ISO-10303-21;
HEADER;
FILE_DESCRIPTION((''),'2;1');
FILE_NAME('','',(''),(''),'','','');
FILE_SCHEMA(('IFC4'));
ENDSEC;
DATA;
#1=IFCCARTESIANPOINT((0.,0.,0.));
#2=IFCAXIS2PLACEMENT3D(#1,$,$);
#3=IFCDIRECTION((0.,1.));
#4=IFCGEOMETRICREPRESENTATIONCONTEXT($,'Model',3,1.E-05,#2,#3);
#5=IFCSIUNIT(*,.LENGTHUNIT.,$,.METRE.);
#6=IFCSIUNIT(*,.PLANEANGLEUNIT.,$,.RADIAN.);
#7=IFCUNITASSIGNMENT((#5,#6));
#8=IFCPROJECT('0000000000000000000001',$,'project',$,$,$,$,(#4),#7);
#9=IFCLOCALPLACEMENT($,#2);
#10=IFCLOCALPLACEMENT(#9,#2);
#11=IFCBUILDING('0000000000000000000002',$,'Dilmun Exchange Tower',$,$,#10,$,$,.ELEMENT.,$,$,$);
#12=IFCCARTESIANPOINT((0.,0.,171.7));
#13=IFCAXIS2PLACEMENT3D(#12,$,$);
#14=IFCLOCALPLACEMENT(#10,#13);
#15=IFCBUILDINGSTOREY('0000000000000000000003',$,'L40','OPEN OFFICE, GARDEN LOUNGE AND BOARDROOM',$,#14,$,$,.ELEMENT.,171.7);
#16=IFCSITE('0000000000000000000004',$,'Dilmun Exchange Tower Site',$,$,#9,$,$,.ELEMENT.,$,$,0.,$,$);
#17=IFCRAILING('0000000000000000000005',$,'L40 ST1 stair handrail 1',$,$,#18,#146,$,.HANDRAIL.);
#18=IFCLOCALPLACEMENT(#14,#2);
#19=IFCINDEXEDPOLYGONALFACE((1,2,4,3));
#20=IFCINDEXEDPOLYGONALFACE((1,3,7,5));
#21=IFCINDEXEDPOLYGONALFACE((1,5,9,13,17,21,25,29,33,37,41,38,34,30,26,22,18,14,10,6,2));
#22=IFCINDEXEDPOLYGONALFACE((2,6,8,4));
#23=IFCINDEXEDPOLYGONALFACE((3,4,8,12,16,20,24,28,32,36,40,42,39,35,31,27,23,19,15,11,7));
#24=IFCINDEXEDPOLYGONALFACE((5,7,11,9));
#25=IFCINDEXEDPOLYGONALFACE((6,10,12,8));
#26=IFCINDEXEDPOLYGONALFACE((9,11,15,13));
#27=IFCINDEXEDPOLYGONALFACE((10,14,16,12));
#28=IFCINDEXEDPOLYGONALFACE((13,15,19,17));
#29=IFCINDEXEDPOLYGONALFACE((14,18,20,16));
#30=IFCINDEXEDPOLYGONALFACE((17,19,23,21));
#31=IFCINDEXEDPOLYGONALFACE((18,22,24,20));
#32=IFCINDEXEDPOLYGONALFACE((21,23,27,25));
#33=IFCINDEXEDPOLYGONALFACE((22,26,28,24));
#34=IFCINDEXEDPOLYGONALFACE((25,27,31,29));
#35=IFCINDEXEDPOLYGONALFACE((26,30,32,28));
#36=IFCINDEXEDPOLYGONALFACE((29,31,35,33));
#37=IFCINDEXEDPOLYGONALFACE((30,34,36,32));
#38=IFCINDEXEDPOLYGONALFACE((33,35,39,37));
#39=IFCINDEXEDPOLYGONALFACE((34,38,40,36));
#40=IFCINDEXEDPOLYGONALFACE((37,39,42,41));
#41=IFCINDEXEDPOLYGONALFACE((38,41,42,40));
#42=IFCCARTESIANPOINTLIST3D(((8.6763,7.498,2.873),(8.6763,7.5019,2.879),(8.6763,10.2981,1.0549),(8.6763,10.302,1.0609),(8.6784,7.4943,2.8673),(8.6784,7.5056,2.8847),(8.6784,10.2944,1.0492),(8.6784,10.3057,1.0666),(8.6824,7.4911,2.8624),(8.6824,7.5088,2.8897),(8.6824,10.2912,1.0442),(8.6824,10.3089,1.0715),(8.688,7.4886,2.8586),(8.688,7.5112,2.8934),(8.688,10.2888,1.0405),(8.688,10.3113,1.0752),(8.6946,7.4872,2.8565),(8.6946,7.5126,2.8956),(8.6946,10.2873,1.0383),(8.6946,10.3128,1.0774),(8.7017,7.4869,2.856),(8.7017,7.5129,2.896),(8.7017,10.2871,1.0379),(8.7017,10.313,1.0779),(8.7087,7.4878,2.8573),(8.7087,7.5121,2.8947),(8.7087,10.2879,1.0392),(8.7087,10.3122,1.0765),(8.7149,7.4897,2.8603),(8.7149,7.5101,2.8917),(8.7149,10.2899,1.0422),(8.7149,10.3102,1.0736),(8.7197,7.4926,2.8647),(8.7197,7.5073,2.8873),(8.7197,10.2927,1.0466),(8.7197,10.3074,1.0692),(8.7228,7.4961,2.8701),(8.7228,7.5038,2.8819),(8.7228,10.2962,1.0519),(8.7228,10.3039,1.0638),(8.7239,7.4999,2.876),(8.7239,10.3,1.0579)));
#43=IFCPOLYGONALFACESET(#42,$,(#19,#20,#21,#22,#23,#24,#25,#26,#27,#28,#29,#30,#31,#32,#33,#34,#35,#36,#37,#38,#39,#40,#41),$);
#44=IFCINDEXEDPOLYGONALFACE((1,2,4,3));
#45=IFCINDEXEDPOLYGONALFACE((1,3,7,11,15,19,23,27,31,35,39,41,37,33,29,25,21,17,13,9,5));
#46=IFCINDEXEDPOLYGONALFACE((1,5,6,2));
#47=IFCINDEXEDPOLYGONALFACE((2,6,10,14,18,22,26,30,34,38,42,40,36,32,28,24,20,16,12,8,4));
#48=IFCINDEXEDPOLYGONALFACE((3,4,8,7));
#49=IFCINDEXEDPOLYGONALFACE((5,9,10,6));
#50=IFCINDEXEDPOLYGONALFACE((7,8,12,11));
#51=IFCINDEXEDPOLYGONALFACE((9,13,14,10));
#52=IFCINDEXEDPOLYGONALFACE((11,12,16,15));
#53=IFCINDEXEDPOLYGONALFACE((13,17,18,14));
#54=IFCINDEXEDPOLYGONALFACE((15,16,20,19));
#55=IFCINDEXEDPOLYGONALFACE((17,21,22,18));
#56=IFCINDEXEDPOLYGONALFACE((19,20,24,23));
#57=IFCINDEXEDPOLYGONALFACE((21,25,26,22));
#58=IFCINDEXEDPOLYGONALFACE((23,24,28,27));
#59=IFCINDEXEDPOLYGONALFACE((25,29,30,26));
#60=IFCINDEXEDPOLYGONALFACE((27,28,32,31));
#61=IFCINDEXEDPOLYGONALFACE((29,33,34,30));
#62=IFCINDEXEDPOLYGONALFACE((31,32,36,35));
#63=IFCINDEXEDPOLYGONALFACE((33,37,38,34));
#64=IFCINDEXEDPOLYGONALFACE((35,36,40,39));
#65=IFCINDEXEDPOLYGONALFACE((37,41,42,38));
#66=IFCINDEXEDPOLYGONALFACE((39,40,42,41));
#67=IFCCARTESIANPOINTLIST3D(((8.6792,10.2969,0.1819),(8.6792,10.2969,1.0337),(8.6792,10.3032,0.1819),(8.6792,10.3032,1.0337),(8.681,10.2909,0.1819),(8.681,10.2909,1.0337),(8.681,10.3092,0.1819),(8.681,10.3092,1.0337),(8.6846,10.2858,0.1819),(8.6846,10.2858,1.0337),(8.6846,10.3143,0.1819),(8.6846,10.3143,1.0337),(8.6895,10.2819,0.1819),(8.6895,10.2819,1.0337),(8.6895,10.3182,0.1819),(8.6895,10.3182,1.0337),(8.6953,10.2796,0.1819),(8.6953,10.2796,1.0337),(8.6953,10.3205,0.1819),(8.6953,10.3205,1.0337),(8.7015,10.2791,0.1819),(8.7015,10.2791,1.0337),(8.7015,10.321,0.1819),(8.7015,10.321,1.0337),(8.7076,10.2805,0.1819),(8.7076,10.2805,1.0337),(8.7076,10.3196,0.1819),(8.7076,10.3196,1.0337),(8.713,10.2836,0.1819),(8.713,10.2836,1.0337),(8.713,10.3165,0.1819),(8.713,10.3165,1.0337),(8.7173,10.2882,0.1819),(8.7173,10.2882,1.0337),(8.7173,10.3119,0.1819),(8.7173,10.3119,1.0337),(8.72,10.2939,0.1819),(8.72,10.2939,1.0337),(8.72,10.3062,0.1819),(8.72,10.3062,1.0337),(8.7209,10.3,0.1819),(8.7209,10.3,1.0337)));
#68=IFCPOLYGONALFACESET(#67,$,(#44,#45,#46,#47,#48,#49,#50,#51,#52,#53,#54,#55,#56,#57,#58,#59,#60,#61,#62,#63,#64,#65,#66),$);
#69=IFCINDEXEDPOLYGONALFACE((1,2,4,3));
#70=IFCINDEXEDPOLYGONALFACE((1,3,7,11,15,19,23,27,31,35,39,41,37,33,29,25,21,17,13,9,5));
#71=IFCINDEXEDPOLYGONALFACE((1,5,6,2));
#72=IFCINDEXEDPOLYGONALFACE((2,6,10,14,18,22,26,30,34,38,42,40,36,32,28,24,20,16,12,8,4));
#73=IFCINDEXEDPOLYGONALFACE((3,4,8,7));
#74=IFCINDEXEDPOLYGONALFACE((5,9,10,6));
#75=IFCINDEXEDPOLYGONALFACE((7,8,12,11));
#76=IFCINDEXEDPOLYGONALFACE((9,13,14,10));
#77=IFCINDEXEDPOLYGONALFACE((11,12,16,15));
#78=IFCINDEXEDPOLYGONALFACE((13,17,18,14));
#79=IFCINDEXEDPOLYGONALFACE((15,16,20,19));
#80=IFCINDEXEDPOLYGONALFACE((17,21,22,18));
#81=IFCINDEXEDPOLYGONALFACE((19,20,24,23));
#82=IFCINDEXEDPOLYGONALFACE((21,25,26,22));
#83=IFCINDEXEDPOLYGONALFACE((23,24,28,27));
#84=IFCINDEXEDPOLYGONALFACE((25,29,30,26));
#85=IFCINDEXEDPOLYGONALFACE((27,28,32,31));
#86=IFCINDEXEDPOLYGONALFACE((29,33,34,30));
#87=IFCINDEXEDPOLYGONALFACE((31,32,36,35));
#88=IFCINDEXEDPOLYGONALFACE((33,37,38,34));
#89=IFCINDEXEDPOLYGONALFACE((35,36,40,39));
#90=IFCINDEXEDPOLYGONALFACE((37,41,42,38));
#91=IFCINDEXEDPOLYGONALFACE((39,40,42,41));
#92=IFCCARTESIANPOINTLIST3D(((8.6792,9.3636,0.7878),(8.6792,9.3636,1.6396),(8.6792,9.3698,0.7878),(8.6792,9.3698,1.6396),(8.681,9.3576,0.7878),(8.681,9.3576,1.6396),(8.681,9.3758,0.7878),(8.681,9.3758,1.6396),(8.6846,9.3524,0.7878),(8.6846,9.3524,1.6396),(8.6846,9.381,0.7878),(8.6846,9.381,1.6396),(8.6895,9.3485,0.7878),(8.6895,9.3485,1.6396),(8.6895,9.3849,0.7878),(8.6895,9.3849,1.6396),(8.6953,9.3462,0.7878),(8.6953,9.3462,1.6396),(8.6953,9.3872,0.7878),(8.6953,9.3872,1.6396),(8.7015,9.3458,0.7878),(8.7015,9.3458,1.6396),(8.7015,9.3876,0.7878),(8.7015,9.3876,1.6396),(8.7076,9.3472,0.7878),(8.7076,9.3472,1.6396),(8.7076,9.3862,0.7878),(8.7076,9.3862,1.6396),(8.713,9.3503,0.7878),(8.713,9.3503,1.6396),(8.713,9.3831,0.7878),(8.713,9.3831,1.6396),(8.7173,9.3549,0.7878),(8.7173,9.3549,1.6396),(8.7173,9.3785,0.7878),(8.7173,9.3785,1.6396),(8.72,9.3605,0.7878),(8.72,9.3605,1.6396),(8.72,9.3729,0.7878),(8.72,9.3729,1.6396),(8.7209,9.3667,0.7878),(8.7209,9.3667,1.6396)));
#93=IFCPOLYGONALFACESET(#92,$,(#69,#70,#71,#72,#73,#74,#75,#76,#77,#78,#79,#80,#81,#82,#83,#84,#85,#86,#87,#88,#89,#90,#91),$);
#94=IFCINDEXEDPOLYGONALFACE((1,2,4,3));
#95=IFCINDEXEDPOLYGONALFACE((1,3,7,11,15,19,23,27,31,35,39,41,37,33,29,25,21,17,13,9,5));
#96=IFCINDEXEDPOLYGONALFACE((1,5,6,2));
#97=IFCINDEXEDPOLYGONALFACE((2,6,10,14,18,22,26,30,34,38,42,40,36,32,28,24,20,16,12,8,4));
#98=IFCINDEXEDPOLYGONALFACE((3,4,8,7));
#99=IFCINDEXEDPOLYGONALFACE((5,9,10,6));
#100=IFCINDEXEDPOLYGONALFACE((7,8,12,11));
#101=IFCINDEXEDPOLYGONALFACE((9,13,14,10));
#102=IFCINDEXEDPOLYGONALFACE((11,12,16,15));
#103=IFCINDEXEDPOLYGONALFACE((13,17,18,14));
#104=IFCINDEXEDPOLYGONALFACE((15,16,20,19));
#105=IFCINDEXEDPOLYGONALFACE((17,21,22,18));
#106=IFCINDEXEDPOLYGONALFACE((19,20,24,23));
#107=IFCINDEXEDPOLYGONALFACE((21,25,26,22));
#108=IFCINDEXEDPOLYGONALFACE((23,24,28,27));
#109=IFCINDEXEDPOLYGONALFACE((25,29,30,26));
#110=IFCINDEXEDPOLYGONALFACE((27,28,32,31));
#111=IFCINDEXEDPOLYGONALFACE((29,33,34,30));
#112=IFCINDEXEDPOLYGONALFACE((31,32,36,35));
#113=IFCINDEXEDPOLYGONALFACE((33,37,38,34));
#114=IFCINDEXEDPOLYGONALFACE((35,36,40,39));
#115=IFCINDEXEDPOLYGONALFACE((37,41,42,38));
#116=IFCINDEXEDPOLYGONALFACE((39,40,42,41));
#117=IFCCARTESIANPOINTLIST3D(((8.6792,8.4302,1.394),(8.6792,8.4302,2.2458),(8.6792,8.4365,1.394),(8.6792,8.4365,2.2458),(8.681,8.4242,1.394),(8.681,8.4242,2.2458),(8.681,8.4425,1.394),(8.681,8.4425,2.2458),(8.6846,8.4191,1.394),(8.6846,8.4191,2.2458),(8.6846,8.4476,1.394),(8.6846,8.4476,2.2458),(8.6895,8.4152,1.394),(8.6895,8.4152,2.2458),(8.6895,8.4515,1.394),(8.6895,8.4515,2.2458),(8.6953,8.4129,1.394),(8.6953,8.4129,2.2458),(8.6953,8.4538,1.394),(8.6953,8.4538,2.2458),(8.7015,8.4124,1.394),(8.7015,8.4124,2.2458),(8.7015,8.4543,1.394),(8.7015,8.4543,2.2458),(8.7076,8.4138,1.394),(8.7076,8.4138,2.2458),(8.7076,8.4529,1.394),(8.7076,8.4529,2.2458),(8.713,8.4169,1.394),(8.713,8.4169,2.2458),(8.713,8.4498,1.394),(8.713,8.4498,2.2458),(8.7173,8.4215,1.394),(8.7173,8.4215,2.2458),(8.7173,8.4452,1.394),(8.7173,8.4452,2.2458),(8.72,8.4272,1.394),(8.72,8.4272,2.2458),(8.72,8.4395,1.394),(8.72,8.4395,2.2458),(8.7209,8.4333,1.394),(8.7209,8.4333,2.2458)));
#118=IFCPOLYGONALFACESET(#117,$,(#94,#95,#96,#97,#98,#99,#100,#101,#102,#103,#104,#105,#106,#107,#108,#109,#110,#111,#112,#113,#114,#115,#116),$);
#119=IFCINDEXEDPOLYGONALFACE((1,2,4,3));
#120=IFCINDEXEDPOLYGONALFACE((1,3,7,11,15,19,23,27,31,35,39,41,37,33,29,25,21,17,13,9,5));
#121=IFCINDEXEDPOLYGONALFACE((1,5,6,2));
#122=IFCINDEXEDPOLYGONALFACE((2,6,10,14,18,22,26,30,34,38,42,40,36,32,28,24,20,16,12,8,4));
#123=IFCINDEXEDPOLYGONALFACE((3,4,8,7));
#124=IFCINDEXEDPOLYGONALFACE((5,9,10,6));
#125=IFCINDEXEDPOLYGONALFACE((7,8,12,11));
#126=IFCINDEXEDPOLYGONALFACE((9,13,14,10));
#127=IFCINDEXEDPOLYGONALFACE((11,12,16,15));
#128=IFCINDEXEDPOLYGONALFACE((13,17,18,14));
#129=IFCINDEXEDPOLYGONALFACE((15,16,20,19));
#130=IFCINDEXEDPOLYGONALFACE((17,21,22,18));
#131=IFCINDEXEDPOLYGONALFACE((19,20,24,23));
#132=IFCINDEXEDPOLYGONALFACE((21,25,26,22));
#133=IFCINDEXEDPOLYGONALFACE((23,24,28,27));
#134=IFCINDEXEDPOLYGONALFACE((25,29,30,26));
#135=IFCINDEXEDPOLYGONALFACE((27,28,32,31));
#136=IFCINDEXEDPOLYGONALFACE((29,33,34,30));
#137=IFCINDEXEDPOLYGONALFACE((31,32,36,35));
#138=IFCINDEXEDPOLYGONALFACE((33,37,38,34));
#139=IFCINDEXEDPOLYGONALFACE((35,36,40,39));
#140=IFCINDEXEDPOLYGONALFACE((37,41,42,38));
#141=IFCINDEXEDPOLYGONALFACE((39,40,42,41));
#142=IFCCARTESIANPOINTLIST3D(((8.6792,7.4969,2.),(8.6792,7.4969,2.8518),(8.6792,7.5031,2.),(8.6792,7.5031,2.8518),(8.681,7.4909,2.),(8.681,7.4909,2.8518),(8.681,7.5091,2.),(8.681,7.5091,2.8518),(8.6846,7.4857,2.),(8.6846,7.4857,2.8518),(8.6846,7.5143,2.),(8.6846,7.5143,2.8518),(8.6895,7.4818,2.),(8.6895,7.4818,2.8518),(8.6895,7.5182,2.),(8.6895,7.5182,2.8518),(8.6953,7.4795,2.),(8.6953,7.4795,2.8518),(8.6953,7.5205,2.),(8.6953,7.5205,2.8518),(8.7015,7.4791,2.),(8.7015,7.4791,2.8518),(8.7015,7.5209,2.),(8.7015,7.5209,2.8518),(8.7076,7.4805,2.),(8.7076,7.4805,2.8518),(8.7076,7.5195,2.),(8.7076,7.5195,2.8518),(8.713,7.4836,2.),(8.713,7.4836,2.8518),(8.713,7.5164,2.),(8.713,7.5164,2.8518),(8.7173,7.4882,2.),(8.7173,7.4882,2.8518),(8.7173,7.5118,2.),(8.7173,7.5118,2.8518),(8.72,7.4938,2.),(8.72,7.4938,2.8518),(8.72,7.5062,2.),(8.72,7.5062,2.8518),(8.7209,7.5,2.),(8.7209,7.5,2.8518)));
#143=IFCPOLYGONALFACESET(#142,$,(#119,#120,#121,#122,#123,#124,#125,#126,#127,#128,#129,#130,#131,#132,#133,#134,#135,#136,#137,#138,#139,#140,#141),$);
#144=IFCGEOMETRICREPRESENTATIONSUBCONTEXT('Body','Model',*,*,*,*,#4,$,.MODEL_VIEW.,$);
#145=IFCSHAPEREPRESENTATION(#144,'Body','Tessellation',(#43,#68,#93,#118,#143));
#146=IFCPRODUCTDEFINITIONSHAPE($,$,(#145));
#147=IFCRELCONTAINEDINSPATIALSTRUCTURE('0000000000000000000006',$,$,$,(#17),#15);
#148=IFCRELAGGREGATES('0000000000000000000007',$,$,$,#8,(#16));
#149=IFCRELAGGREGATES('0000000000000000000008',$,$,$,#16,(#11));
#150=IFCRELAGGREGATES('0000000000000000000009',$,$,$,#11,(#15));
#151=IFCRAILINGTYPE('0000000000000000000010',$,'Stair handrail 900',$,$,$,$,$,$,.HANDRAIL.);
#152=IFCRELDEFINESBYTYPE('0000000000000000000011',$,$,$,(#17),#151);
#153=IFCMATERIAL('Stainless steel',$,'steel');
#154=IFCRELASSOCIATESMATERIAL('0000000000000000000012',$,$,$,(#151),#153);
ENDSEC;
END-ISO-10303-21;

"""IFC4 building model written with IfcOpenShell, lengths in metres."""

from ifc_helpers import new_model, si_unit, direction, frame, origin, origin_2d, place, context, subcontext, project, spatial, circle, extrude, material, type_object, element, save


model = new_model("IFC4")

# Units and contexts
model_context = context("Model", 3, precision=1e-05, world=origin(), true_north=direction((0.0, 1.0)))
body_context = subcontext(model_context, "Body", "Model", "MODEL_VIEW")
ifc_project = project(units=[si_unit("LENGTHUNIT", "METRE"), si_unit("PLANEANGLEUNIT", "RADIAN")], contexts=[model_context])

# Site, building, storey
site_placement = place(None, origin())
site = spatial("IfcSite", under=ifc_project, at=site_placement, Name="Dilmun Exchange Tower Site", CompositionType="ELEMENT", RefElevation=0.0)
building_placement = place(site_placement, origin())
building = spatial("IfcBuilding", under=site, at=building_placement, Name="Dilmun Exchange Tower", CompositionType="ELEMENT")
storey_placement = place(building_placement, frame((0.0, 0.0, 171.7)))
storey = spatial("IfcBuildingStorey", under=building, at=storey_placement, Name="L40", Description="OPEN OFFICE, GARDEN LOUNGE AND BOARDROOM", CompositionType="ELEMENT", Elevation=171.7)

# Railing
ifc_material_1 = material(Name="Stainless steel", Category="steel")
railing_type = type_object("IfcRailingType", Name="Stair handrail 900", PredefinedType="HANDRAIL", material=ifc_material_1)
railing_1_placement = place(storey_placement, frame((8.7, 10.3, 0.1819)))
element("IfcRailing", 1, at=railing_1_placement, inside=storey, type_object=railing_type, Name="L40 ST1 stair handrail 1", PredefinedType="HANDRAIL", context=body_context, shape_type="SweptSolid", body=[
    extrude(circle(Radius=0.0239, at=origin_2d()), frame((0.0, 0.0, 0.876), z_axis=(0.0, -0.838706, 0.544585), x_axis=(1.0, 0.0, 0.0)), (0.0, 0.0, 1.0), 3.3386),
    extrude(circle(Radius=0.021, at=origin_2d()), origin(), (0.0, 0.0, 1.0), 0.8518),
    extrude(circle(Radius=0.021, at=origin_2d()), frame((0.0, -0.9333, 0.606)), (0.0, 0.0, 1.0), 0.8518),
    extrude(circle(Radius=0.021, at=origin_2d()), frame((0.0, -1.8667, 1.2122)), (0.0, 0.0, 1.0), 0.8518),
    extrude(circle(Radius=0.021, at=origin_2d()), frame((0.0, -2.8, 1.8181)), (0.0, 0.0, 1.0), 0.8518),
])

save(model, "model.ifc")
